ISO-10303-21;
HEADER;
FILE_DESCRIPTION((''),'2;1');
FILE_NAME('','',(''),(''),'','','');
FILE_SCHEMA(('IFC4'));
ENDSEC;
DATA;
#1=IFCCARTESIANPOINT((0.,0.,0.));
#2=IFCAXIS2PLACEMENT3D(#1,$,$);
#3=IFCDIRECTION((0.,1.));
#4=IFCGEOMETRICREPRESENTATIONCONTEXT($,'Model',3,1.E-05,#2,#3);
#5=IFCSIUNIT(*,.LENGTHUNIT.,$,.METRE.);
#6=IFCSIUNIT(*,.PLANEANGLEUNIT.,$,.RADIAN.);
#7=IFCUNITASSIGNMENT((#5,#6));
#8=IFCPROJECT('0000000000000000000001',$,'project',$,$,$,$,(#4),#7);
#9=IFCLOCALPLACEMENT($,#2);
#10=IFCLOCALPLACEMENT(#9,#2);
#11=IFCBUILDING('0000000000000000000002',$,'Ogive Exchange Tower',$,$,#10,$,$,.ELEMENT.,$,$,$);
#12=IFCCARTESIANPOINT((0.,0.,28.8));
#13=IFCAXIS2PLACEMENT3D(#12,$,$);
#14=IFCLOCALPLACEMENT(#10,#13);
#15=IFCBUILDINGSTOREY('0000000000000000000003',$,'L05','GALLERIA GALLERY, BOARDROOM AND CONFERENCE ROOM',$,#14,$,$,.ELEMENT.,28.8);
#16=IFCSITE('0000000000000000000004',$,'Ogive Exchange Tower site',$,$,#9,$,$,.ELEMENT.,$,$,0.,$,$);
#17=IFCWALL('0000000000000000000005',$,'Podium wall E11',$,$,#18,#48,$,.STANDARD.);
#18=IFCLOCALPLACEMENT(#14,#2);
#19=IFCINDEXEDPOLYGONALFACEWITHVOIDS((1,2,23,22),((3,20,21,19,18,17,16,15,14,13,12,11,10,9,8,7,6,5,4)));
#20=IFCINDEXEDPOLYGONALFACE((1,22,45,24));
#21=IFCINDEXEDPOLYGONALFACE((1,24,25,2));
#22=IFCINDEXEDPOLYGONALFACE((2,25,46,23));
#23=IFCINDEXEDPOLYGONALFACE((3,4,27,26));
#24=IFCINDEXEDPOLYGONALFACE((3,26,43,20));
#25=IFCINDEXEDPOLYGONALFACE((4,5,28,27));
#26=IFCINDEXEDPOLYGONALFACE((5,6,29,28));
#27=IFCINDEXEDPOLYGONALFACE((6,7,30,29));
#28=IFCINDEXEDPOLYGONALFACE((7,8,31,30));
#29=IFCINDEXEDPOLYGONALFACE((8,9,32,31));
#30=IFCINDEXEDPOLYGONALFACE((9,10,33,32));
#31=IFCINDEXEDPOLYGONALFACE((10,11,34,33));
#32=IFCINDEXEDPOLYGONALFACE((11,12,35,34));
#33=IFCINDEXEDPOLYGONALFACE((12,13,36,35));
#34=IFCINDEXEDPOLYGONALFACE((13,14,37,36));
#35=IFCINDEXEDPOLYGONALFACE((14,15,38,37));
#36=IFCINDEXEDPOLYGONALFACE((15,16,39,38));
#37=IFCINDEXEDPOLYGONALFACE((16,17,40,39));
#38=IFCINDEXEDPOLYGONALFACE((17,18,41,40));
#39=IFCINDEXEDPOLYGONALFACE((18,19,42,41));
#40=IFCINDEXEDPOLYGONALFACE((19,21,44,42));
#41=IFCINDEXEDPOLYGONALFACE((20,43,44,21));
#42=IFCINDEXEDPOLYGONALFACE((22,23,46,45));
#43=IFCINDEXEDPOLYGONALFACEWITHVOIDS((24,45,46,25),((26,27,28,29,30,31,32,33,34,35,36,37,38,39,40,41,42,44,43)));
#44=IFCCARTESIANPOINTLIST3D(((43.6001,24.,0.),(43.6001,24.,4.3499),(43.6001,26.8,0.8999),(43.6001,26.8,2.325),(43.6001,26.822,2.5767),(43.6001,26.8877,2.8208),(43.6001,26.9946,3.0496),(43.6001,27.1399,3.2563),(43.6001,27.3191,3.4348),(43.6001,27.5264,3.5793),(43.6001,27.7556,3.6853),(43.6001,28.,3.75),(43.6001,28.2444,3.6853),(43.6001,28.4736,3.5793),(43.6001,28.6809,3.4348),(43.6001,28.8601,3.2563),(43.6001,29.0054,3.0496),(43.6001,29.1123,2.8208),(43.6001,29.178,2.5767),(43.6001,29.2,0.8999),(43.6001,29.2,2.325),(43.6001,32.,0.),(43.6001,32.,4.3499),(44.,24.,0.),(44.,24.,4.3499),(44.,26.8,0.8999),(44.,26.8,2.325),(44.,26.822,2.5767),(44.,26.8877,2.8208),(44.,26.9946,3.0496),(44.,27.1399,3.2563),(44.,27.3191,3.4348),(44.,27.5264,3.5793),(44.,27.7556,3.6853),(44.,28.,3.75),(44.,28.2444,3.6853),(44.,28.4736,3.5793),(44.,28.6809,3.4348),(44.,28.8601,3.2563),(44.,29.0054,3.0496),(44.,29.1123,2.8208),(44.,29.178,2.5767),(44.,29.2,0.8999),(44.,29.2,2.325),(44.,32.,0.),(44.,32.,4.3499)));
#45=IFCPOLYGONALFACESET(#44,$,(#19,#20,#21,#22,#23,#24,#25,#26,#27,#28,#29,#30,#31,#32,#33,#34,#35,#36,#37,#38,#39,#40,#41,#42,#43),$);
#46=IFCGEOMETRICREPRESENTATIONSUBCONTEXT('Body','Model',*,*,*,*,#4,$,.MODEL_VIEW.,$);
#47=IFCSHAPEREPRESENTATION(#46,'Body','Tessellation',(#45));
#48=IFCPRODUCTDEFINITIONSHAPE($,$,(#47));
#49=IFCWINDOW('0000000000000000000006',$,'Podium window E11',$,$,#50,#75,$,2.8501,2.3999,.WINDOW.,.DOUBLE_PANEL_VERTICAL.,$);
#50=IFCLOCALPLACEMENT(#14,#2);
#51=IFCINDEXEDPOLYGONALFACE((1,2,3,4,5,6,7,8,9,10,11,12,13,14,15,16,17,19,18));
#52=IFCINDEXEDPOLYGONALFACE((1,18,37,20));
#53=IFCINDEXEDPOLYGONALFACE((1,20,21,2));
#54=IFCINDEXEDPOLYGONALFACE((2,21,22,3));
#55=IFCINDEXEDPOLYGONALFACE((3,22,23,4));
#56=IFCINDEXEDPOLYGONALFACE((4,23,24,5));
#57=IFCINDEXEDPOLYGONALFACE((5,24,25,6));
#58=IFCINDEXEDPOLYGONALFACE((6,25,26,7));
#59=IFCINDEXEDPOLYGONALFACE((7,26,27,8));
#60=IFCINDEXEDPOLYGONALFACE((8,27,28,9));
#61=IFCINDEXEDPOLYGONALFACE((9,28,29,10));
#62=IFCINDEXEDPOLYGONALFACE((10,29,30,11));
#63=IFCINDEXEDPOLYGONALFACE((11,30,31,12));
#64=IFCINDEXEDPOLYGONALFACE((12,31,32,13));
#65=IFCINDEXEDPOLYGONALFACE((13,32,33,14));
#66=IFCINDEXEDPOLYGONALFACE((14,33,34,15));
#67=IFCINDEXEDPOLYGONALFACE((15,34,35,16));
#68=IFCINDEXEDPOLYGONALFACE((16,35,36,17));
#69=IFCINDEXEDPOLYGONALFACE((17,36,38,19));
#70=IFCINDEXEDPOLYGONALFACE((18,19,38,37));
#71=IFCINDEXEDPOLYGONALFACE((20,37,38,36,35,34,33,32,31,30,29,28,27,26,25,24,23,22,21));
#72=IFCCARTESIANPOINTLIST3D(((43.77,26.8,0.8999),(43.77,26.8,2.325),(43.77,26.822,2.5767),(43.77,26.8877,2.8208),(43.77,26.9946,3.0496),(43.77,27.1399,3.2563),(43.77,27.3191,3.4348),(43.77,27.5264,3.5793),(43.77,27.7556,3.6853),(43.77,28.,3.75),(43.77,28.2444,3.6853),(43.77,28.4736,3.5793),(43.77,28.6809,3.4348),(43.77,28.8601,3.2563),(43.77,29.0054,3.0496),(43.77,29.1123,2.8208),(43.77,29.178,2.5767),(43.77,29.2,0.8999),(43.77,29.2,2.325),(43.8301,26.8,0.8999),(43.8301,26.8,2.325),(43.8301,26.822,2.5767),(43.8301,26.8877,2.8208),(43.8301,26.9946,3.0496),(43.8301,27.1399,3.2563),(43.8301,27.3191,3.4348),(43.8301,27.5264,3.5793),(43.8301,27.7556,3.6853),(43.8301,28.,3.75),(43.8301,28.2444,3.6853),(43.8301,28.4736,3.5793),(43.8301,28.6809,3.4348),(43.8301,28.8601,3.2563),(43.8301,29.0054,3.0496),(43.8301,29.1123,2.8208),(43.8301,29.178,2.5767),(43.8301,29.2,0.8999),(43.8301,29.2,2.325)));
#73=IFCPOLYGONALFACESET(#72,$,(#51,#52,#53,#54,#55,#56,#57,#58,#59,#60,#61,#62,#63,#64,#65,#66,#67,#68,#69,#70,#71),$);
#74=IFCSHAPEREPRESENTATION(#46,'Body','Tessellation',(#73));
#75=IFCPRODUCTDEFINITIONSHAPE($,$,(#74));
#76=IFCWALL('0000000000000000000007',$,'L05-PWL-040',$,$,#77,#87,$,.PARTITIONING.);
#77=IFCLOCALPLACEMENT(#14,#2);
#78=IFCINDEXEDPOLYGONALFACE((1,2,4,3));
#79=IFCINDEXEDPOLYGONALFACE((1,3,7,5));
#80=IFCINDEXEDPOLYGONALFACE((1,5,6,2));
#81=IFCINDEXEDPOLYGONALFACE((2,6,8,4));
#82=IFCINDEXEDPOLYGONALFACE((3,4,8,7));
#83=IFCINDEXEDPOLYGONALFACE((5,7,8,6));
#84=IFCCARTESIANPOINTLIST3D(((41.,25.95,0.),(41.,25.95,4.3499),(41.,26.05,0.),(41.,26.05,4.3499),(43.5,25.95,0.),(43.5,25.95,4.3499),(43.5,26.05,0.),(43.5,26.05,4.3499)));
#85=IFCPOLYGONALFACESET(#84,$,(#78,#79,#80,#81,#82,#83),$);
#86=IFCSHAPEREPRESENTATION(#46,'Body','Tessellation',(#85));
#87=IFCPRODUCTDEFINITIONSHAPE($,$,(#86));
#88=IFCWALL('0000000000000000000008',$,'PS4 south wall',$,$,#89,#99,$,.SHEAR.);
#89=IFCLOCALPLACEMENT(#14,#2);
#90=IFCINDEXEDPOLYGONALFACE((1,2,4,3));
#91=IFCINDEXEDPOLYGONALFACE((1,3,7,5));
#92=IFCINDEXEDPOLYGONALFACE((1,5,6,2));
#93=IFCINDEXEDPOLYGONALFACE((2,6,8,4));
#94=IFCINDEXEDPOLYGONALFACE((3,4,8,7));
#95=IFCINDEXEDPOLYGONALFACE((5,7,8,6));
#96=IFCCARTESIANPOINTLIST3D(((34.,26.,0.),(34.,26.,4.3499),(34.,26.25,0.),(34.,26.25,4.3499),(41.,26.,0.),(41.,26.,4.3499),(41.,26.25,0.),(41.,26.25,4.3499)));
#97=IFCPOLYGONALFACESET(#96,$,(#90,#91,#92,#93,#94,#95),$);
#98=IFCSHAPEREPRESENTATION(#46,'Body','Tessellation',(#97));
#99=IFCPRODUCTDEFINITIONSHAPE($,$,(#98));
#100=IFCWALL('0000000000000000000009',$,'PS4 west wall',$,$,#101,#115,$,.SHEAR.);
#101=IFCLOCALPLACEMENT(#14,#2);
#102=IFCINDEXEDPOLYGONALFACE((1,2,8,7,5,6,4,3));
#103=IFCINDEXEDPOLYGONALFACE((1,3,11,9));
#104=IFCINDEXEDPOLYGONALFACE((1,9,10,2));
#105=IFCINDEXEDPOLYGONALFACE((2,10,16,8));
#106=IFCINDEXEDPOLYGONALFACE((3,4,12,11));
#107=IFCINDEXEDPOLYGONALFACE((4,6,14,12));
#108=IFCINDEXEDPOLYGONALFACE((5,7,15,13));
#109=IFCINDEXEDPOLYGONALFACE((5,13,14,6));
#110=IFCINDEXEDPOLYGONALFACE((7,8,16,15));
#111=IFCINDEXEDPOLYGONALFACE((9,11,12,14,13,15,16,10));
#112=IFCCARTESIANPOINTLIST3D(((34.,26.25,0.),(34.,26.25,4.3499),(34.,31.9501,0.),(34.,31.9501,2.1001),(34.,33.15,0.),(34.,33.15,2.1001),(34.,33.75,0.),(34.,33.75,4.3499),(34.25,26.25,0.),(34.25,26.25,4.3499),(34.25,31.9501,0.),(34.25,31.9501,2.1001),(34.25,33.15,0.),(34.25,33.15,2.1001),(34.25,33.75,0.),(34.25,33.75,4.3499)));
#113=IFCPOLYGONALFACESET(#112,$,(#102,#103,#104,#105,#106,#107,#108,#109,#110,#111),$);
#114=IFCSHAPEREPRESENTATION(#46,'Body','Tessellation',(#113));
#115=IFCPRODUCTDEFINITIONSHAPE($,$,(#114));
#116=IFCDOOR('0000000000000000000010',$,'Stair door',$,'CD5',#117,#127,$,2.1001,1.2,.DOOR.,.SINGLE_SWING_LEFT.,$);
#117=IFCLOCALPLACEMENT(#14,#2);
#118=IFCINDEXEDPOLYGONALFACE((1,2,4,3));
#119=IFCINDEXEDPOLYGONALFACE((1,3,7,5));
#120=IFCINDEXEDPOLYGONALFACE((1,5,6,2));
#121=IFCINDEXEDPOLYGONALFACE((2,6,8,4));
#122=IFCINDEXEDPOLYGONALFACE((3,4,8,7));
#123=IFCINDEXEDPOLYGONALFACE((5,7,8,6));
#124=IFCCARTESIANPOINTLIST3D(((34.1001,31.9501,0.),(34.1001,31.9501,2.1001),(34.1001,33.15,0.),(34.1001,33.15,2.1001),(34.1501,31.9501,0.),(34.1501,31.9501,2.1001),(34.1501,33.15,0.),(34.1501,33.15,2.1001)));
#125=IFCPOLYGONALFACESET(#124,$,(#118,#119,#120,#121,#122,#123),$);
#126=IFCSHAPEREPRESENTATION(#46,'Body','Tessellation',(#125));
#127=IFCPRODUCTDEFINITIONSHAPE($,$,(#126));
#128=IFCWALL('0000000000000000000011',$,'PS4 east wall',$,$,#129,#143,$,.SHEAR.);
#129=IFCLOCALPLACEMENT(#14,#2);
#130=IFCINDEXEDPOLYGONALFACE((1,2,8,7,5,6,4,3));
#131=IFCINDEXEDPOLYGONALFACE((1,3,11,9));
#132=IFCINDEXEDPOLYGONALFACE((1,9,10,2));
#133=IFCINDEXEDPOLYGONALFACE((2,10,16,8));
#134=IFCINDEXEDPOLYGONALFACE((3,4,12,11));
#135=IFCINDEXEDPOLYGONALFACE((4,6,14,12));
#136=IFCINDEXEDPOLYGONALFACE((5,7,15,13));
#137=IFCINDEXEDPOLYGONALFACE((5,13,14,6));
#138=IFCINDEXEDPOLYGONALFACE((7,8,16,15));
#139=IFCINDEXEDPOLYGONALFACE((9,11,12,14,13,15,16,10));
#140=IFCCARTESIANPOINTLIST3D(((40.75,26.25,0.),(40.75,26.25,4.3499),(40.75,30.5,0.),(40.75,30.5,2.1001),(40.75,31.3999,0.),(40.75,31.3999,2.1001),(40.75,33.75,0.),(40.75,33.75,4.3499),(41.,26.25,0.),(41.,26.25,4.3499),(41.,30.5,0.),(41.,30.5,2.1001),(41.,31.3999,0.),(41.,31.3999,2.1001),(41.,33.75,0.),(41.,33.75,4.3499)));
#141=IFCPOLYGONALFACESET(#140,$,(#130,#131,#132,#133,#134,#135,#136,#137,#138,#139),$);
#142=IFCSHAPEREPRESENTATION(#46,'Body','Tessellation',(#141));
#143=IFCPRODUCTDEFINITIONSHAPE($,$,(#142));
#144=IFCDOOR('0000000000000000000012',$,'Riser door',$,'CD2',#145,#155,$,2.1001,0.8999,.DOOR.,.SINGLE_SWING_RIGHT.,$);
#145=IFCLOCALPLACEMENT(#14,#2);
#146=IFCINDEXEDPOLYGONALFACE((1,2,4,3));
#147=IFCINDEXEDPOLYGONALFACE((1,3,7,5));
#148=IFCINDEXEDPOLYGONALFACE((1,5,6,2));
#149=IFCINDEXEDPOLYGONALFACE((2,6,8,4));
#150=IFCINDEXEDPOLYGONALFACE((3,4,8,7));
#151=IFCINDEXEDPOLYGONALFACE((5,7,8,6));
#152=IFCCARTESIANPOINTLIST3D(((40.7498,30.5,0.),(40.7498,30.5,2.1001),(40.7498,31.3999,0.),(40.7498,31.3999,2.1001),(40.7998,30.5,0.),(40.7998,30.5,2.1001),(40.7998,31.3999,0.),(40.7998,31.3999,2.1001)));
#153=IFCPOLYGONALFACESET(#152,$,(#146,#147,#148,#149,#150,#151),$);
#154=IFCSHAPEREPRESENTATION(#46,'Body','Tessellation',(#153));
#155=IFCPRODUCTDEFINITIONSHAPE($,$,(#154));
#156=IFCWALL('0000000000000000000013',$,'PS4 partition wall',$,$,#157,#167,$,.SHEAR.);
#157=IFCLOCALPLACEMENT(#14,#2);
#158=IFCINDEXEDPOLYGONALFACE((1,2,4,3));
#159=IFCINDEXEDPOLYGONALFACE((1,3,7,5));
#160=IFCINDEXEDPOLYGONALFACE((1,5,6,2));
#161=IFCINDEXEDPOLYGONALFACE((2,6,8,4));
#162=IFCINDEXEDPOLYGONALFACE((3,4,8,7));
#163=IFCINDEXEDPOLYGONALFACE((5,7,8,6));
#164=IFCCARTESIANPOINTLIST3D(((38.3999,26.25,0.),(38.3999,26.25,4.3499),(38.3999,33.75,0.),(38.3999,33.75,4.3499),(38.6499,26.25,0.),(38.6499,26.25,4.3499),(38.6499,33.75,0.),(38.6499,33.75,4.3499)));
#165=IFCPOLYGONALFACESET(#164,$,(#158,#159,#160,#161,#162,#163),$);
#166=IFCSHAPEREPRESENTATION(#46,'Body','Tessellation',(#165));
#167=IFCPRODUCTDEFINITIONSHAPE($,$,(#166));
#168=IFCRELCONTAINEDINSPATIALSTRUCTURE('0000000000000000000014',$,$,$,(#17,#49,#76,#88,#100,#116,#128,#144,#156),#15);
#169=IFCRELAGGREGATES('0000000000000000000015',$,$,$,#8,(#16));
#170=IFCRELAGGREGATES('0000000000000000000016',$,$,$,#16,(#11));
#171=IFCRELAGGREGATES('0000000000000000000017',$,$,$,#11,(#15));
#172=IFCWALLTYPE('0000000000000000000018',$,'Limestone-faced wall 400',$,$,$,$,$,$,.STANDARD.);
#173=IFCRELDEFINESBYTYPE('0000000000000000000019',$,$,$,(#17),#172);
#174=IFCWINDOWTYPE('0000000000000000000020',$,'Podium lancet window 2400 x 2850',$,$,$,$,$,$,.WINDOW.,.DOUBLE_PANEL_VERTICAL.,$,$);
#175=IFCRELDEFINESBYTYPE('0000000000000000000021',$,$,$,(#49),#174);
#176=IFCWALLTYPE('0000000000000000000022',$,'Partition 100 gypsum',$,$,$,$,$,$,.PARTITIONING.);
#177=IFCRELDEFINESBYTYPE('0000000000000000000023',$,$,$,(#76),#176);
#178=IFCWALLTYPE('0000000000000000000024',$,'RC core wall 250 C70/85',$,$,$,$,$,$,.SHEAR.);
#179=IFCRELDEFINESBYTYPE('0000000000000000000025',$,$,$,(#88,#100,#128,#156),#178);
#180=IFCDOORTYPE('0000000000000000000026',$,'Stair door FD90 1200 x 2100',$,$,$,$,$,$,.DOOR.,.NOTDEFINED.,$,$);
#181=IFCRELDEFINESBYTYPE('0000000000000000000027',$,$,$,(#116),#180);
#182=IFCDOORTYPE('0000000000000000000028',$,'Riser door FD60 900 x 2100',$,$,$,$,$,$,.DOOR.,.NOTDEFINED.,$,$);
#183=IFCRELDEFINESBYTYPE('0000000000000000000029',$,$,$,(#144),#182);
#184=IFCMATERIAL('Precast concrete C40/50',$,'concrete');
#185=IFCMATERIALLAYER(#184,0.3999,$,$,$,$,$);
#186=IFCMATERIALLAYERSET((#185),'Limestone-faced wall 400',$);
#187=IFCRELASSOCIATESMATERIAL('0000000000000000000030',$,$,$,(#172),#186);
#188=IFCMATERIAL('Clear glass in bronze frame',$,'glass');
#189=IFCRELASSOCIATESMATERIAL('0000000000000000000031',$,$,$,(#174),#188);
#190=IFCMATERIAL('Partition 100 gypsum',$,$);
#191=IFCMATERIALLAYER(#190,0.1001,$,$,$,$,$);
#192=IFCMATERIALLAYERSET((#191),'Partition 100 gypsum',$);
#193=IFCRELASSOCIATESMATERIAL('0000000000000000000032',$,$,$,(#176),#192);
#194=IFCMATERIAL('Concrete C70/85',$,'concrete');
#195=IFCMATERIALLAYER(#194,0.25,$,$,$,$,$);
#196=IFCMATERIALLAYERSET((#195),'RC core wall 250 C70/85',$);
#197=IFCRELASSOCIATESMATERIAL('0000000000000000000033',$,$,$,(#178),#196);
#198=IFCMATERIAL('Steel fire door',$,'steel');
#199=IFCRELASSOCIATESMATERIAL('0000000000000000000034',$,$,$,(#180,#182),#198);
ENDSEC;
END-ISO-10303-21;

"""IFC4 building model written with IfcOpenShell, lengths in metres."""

from ifc_helpers import new_model, si_unit, direction, frame, frame_2d, origin, place, context, subcontext, project, spatial, polyline, rectangle, outline, extrude, material, layer, layer_set, type_object, element, fill, save


model = new_model("IFC4")

# Units and contexts
model_context = context("Model", 3, precision=1e-05, world=origin(), true_north=direction((0.0, 1.0)))
body_context = subcontext(model_context, "Body", "Model", "MODEL_VIEW")
ifc_project = project(units=[si_unit("LENGTHUNIT", "METRE"), si_unit("PLANEANGLEUNIT", "RADIAN")], contexts=[model_context])

# Site, building, storey
site_placement = place(None, origin())
site = spatial("IfcSite", under=ifc_project, at=site_placement, Name="Ogive Exchange Tower site", CompositionType="ELEMENT", RefElevation=0.0)
building_placement = place(site_placement, origin())
building = spatial("IfcBuilding", under=site, at=building_placement, Name="Ogive Exchange Tower", CompositionType="ELEMENT")
storey_placement = place(building_placement, frame((0.0, 0.0, 28.8)))
storey = spatial("IfcBuildingStorey", under=building, at=storey_placement, Name="L05", Description="GALLERIA GALLERY, BOARDROOM AND CONFERENCE ROOM", CompositionType="ELEMENT", Elevation=28.8)

# Shared definitions
ifc_material_1 = material(Name="Concrete C70/85", Category="concrete")

# Shared definitions
ifc_material_2 = material(Name="Precast concrete C40/50", Category="concrete")
ifc_layer_1 = layer(ifc_material_2, 0.3999)
ifc_layer_set_1 = layer_set([ifc_layer_1], Name="Limestone-faced wall 400")
wall_type_1 = type_object("IfcWallType", Name="Limestone-faced wall 400", PredefinedType="STANDARD", material=ifc_layer_set_1)
ifc_material_3 = material(Name="Clear glass in bronze frame", Category="glass")

# Wall, opening, window
wall_1_placement = place(storey_placement, frame((43.8, 24.0, 0.0), z_axis=(0.0, 0.0, 1.0), x_axis=(0.0, 1.0, 0.0)))
wall_1 = element("IfcWall", 1, at=wall_1_placement, inside=storey, type_object=wall_type_1, Name="Podium wall E11", PredefinedType="STANDARD", context=body_context, shape_type="SweptSolid", body=[
    extrude(rectangle(XDim=8.0, YDim=0.3999, at=frame_2d((4.0, 0.0))), origin(), (0.0, 0.0, 1.0), 4.3499),
])
opening_1_placement = place(wall_1_placement, frame((2.8, 0.0, 0.8999)))
opening_1 = element("IfcOpeningElement", 2, at=opening_1_placement, cuts=wall_1, PredefinedType="OPENING", context=body_context, shape_type="SweptSolid", body=[
    extrude(outline(polyline([(0.0, 0.0), (2.3999, 0.0), (2.3999, 1.425), (2.3779, 1.6768), (2.3123, 1.9209), (2.2053, 2.1497), (2.0601, 2.3564), (1.8809, 2.5349), (1.6736, 2.6794), (1.4443, 2.7854), (1.2, 2.8501), (0.9556, 2.7854), (0.7263, 2.6794), (0.519, 2.5349), (0.3398, 2.3564), (0.1946, 2.1497), (0.0876, 1.9209), (0.022, 1.6768), (0.0, 1.425), (0.0, 0.0)])), frame((0.0, 0.21, 0.0), z_axis=(0.0, -1.0, 0.0), x_axis=(1.0, 0.0, 0.0)), (0.0, 0.0, 1.0), 0.4199),
])
window_type_1 = type_object("IfcWindowType", Name="Podium lancet window 2400 x 2850", PartitioningType="DOUBLE_PANEL_VERTICAL", PredefinedType="WINDOW", material=ifc_material_3)
window_1_placement = place(opening_1_placement, origin())
window_1 = element("IfcWindow", 3, at=window_1_placement, inside=storey, type_object=window_type_1, Name="Podium window E11", OverallHeight=2.8501, OverallWidth=2.3999, PartitioningType="DOUBLE_PANEL_VERTICAL", PredefinedType="WINDOW", context=body_context, shape_type="SweptSolid", body=[
    extrude(outline(polyline([(0.0, 0.0), (2.3999, 0.0), (2.3999, 1.425), (2.3779, 1.6768), (2.3123, 1.9209), (2.2053, 2.1497), (2.0601, 2.3564), (1.8809, 2.5349), (1.6736, 2.6794), (1.4443, 2.7854), (1.2, 2.8501), (0.9556, 2.7854), (0.7263, 2.6794), (0.519, 2.5349), (0.3398, 2.3564), (0.1946, 2.1497), (0.0876, 1.9209), (0.022, 1.6768), (0.0, 1.425), (0.0, 0.0)])), frame((0.0, 0.03, 0.0), z_axis=(0.0, -1.0, 0.0), x_axis=(1.0, 0.0, 0.0)), (0.0, 0.0, 1.0), 0.0601),
])
fill(opening_1, window_1)

# Walls
ifc_material_4 = material(Name="Partition 100 gypsum")
ifc_layer_2 = layer(ifc_material_4, 0.1001)
ifc_layer_set_2 = layer_set([ifc_layer_2], Name="Partition 100 gypsum")
wall_type_2 = type_object("IfcWallType", Name="Partition 100 gypsum", PredefinedType="PARTITIONING", material=ifc_layer_set_2)
wall_2_placement = place(storey_placement, frame((41.0, 26.0, 0.0), z_axis=(0.0, 0.0, 1.0), x_axis=(1.0, 0.0, 0.0)))
element("IfcWall", 4, at=wall_2_placement, inside=storey, type_object=wall_type_2, Name="L05-PWL-040", PredefinedType="PARTITIONING", context=body_context, shape_type="SweptSolid", body=[
    extrude(rectangle(XDim=2.5, YDim=0.1001, at=frame_2d((1.25, 0.0))), origin(), (0.0, 0.0, 1.0), 4.3499),
])
ifc_layer_3 = layer(ifc_material_1, 0.25)
ifc_layer_set_3 = layer_set([ifc_layer_3], Name="RC core wall 250 C70/85")
wall_type_3 = type_object("IfcWallType", Name="RC core wall 250 C70/85", PredefinedType="SHEAR", material=ifc_layer_set_3)
wall_3_placement = place(storey_placement, frame((34.0, 26.125, 0.0), z_axis=(0.0, 0.0, 1.0), x_axis=(1.0, 0.0, 0.0)))
element("IfcWall", 5, at=wall_3_placement, inside=storey, type_object=wall_type_3, Name="PS4 south wall", PredefinedType="SHEAR", context=body_context, shape_type="SweptSolid", body=[
    extrude(rectangle(XDim=7.0, YDim=0.25, at=frame_2d((3.5, 0.0))), origin(), (0.0, 0.0, 1.0), 4.3499),
])

# Walls, openings, doors
wall_4_placement = place(storey_placement, frame((34.125, 26.25, 0.0), z_axis=(0.0, 0.0, 1.0), x_axis=(0.0, 1.0, 0.0)))
wall_4 = element("IfcWall", 6, at=wall_4_placement, inside=storey, type_object=wall_type_3, Name="PS4 west wall", PredefinedType="SHEAR", context=body_context, shape_type="SweptSolid", body=[
    extrude(rectangle(XDim=7.5, YDim=0.25, at=frame_2d((3.75, 0.0))), origin(), (0.0, 0.0, 1.0), 4.3499),
])
opening_2_placement = place(wall_4_placement, frame((5.7, 0.0, 0.0)))
opening_2 = element("IfcOpeningElement", 7, at=opening_2_placement, cuts=wall_4, PredefinedType="OPENING", context=body_context, shape_type="SweptSolid", body=[
    extrude(rectangle(XDim=1.2, YDim=2.1001, at=frame_2d((0.6001, 1.05))), frame((0.0, 0.135, 0.0), z_axis=(0.0, -1.0, 0.0), x_axis=(1.0, 0.0, 0.0)), (0.0, 0.0, 1.0), 0.27),
])
ifc_material_5 = material(Name="Steel fire door", Category="steel")
door_type_1 = type_object("IfcDoorType", Name="Stair door FD90 1200 x 2100", OperationType="NOTDEFINED", PredefinedType="DOOR", material=ifc_material_5)
door_1_placement = place(opening_2_placement, origin())
door_1 = element("IfcDoor", 8, at=door_1_placement, inside=storey, type_object=door_type_1, Name="Stair door", ObjectType="CD5", OperationType="SINGLE_SWING_LEFT", OverallHeight=2.1001, OverallWidth=1.2, PredefinedType="DOOR", context=body_context, shape_type="SweptSolid", body=[
    extrude(rectangle(XDim=1.2, YDim=2.1001, at=frame_2d((0.6001, 1.05))), frame((0.0, 0.0249, 0.0), z_axis=(0.0, -1.0, 0.0), x_axis=(1.0, 0.0, 0.0)), (0.0, 0.0, 1.0), 0.05),
])
fill(opening_2, door_1)
wall_5_placement = place(storey_placement, frame((40.875, 26.25, 0.0), z_axis=(0.0, 0.0, 1.0), x_axis=(0.0, 1.0, 0.0)))
wall_5 = element("IfcWall", 9, at=wall_5_placement, inside=storey, type_object=wall_type_3, Name="PS4 east wall", PredefinedType="SHEAR", context=body_context, shape_type="SweptSolid", body=[
    extrude(rectangle(XDim=7.5, YDim=0.25, at=frame_2d((3.75, 0.0))), origin(), (0.0, 0.0, 1.0), 4.3499),
])
opening_3_placement = place(wall_5_placement, frame((4.25, 0.0, 0.0)))
opening_3 = element("IfcOpeningElement", 10, at=opening_3_placement, cuts=wall_5, PredefinedType="OPENING", context=body_context, shape_type="SweptSolid", body=[
    extrude(rectangle(XDim=0.8999, YDim=2.1001, at=frame_2d((0.45, 1.05))), frame((0.0, 0.135, 0.0), z_axis=(0.0, -1.0, 0.0), x_axis=(1.0, 0.0, 0.0)), (0.0, 0.0, 1.0), 0.27),
])
door_type_2 = type_object("IfcDoorType", Name="Riser door FD60 900 x 2100", OperationType="NOTDEFINED", PredefinedType="DOOR", material=ifc_material_5)
door_2_placement = place(opening_3_placement, frame((0.8999, 0.2002, 0.0), z_axis=(0.0, 0.0, 1.0), x_axis=(-1.0, 0.0, 0.0)))
door_2 = element("IfcDoor", 11, at=door_2_placement, inside=storey, type_object=door_type_2, Name="Riser door", ObjectType="CD2", OperationType="SINGLE_SWING_RIGHT", OverallHeight=2.1001, OverallWidth=0.8999, PredefinedType="DOOR", context=body_context, shape_type="SweptSolid", body=[
    extrude(rectangle(XDim=0.8999, YDim=2.1001, at=frame_2d((0.45, 1.05))), frame((0.0, 0.125, 0.0), z_axis=(0.0, -1.0, 0.0), x_axis=(1.0, 0.0, 0.0)), (0.0, 0.0, 1.0), 0.05),
])
fill(opening_3, door_2)

# Wall
wall_6_placement = place(storey_placement, frame((38.5249, 26.25, 0.0), z_axis=(0.0, 0.0, 1.0), x_axis=(0.0, 1.0, 0.0)))
element("IfcWall", 12, at=wall_6_placement, inside=storey, type_object=wall_type_3, Name="PS4 partition wall", PredefinedType="SHEAR", context=body_context, shape_type="SweptSolid", body=[
    extrude(rectangle(XDim=7.5, YDim=0.25, at=frame_2d((3.75, 0.0))), origin(), (0.0, 0.0, 1.0), 4.3499),
])

save(model, "model.ifc")
